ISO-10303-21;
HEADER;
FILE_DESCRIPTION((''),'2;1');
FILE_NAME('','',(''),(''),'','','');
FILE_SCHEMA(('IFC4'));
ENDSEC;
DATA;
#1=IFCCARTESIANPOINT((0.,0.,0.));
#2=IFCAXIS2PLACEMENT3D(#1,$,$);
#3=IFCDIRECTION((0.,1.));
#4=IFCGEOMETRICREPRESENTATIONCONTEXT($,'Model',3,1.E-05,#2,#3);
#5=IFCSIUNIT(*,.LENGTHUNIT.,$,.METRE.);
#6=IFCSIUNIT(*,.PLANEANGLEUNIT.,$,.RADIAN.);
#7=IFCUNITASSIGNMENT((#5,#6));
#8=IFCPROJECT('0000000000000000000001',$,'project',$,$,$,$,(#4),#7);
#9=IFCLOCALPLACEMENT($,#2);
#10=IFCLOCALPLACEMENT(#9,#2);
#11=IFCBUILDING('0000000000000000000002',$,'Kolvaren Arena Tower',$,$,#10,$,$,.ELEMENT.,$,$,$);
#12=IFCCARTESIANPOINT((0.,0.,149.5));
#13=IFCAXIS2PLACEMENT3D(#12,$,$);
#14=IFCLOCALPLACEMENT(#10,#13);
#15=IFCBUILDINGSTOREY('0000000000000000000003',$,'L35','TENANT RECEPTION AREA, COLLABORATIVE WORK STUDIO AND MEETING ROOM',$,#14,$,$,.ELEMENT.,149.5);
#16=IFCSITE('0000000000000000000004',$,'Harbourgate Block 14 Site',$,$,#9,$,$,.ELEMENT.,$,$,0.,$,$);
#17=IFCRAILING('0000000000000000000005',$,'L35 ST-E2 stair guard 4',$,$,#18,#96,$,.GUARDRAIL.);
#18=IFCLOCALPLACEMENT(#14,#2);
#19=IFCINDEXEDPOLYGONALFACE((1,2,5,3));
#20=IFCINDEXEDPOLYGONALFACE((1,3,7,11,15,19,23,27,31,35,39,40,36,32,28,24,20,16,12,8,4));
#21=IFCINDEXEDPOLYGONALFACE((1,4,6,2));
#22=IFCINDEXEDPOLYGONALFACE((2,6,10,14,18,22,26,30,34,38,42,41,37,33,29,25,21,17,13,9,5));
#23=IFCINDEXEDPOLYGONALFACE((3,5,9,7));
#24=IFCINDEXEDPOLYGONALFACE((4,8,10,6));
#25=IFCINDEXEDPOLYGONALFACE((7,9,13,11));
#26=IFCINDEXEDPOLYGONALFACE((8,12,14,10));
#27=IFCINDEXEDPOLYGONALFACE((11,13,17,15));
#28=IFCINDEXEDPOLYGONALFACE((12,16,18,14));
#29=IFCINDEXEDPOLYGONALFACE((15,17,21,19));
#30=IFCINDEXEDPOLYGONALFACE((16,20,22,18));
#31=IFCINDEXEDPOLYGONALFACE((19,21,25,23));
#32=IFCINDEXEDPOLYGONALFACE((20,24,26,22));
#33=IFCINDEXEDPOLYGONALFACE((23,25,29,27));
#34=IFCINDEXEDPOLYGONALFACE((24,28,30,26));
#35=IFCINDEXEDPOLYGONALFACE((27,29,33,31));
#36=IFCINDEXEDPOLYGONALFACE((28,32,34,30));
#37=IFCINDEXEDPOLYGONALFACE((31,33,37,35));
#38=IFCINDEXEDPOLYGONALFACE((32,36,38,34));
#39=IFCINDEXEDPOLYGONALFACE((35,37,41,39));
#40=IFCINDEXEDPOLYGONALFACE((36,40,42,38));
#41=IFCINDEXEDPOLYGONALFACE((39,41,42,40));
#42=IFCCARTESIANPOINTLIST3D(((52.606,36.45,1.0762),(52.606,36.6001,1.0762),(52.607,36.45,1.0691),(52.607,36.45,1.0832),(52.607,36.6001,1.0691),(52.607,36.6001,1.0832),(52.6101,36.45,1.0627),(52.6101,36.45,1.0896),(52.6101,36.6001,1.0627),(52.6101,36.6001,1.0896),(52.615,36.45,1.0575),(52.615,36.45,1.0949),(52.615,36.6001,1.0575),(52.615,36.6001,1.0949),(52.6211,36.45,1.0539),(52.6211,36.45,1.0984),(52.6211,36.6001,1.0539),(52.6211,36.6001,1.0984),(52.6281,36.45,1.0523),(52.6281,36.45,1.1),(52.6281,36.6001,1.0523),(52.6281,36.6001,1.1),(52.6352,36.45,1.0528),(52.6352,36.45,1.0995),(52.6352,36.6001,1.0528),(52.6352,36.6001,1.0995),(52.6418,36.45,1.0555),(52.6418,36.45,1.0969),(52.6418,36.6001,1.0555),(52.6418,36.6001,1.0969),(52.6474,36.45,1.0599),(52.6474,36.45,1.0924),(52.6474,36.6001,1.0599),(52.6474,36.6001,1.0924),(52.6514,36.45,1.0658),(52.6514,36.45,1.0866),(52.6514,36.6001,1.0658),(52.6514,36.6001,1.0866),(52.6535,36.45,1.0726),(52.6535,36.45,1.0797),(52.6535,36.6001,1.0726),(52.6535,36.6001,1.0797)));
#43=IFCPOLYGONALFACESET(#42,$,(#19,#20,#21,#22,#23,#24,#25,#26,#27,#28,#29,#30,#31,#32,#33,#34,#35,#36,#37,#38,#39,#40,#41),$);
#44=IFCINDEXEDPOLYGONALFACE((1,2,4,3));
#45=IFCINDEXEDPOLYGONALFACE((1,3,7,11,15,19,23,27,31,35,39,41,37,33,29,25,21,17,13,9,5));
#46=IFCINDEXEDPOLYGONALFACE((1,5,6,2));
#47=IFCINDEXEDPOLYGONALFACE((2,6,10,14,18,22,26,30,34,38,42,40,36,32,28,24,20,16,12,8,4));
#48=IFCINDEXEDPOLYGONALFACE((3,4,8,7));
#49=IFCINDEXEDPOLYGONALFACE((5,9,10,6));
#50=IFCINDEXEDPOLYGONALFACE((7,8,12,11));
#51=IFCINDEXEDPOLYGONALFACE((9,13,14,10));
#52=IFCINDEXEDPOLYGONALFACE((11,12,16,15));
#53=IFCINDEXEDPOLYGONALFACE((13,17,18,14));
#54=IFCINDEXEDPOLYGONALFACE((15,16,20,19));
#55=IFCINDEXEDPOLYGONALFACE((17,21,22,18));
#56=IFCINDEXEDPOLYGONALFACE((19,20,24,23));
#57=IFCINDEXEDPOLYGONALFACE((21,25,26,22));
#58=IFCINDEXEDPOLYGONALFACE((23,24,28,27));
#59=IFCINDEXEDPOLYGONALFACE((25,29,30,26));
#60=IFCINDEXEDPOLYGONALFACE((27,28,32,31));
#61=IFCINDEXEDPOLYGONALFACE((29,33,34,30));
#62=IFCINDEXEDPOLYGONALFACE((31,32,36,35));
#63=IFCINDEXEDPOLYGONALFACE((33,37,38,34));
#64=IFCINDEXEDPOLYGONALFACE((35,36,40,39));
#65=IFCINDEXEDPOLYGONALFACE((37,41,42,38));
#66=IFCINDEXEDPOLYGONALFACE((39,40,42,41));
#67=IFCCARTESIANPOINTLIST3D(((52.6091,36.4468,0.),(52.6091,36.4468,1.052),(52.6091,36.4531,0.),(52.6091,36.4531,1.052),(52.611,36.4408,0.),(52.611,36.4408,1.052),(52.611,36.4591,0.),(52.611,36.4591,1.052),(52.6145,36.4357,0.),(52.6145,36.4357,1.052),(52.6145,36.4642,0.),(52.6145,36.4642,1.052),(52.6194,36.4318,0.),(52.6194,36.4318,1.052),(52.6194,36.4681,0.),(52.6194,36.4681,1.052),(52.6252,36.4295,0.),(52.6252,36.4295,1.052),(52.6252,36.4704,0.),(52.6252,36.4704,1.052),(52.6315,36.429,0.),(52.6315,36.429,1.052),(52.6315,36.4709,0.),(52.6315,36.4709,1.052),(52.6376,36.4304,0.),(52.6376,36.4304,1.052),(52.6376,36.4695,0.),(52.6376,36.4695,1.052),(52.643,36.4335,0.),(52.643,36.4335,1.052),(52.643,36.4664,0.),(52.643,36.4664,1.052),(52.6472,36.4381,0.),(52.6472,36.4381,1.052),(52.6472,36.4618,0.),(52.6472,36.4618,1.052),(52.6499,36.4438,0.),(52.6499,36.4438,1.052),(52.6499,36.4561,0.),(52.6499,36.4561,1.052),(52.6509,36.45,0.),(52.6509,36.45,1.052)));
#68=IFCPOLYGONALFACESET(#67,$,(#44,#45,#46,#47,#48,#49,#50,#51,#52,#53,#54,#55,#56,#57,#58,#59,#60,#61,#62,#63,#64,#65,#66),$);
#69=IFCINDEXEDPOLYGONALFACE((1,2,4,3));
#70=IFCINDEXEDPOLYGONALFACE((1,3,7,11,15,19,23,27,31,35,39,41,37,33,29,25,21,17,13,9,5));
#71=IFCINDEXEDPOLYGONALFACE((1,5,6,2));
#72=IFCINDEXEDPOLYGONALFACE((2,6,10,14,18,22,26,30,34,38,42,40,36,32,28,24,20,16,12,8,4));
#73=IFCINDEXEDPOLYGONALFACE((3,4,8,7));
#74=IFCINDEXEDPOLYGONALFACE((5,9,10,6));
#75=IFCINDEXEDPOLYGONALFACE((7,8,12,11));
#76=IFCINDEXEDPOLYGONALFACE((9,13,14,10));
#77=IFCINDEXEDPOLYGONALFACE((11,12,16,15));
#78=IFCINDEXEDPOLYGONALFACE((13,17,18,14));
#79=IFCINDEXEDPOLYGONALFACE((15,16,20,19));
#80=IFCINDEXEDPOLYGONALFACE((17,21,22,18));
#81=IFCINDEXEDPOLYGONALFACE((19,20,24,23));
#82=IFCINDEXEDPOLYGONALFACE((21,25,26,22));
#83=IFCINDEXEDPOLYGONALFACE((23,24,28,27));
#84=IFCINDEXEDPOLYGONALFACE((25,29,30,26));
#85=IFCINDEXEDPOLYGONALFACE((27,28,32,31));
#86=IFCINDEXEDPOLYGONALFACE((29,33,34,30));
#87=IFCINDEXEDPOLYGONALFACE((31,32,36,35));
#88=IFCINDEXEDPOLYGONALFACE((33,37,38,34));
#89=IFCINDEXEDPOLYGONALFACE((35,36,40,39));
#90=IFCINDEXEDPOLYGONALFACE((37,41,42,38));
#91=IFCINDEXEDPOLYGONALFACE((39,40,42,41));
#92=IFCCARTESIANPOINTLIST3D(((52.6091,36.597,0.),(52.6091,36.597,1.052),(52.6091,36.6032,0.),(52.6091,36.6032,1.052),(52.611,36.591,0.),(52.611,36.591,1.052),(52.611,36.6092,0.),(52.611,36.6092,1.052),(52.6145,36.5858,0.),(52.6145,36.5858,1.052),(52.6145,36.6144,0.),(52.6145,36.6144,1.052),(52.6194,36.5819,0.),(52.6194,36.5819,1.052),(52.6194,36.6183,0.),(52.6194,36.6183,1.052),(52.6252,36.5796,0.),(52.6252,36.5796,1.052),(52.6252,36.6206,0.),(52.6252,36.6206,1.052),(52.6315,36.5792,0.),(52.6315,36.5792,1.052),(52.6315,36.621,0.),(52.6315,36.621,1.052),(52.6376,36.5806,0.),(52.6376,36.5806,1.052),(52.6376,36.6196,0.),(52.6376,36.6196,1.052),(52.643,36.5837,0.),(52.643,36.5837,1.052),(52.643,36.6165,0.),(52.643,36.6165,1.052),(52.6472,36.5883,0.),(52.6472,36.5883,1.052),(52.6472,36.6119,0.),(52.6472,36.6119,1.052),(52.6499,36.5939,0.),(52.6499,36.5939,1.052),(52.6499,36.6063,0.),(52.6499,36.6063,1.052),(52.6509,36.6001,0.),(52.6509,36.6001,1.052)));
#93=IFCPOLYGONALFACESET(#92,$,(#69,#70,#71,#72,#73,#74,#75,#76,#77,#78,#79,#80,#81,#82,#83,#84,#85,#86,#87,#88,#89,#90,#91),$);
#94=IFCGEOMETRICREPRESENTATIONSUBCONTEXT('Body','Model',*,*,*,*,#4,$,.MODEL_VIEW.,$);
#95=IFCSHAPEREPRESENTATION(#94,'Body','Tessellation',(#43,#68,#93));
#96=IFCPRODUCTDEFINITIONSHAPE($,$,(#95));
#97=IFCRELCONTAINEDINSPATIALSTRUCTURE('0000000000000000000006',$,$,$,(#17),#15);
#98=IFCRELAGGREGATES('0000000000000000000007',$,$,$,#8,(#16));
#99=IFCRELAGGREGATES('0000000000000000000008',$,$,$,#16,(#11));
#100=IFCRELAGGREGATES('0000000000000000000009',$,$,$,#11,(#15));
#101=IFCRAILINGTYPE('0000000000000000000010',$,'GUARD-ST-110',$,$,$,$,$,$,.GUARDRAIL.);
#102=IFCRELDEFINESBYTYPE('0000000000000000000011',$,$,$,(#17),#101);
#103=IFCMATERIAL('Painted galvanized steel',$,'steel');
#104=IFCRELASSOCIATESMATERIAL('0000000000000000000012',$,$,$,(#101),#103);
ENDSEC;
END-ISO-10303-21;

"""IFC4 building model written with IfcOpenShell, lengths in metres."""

from ifc_helpers import new_model, si_unit, direction, frame, origin, origin_2d, place, context, subcontext, project, spatial, circle, extrude, material, type_object, element, save


model = new_model("IFC4")

# Units and contexts
model_context = context("Model", 3, precision=1e-05, world=origin(), true_north=direction((0.0, 1.0)))
body_context = subcontext(model_context, "Body", "Model", "MODEL_VIEW")
ifc_project = project(units=[si_unit("LENGTHUNIT", "METRE"), si_unit("PLANEANGLEUNIT", "RADIAN")], contexts=[model_context])

# Site, building, storey
site_placement = place(None, origin())
site = spatial("IfcSite", under=ifc_project, at=site_placement, Name="Harbourgate Block 14 Site", CompositionType="ELEMENT", RefElevation=0.0)
building_placement = place(site_placement, origin())
building = spatial("IfcBuilding", under=site, at=building_placement, Name="Kolvaren Arena Tower", CompositionType="ELEMENT")
storey_placement = place(building_placement, frame((0.0, 0.0, 149.5)))
storey = spatial("IfcBuildingStorey", under=building, at=storey_placement, Name="L35", Description="TENANT RECEPTION AREA, COLLABORATIVE WORK STUDIO AND MEETING ROOM", CompositionType="ELEMENT", Elevation=149.5)

# Railing
ifc_material_1 = material(Name="Painted galvanized steel", Category="steel")
railing_type_1 = type_object("IfcRailingType", Name="GUARD-ST-110", PredefinedType="GUARDRAIL", material=ifc_material_1)
railing_1_placement = place(storey_placement, frame((52.6299, 36.45, 0.0)))
element("IfcRailing", 1, at=railing_1_placement, inside=storey, type_object=railing_type_1, Name="L35 ST-E2 stair guard 4", PredefinedType="GUARDRAIL", context=body_context, shape_type="SweptSolid", body=[
    extrude(circle(Radius=0.0239, at=origin_2d()), frame((0.0, 0.0, 1.0762), z_axis=(0.0, 1.0, 0.0), x_axis=(-1.0, 0.0, 0.0)), (0.0, 0.0, 1.0), 0.1501),
    extrude(circle(Radius=0.021, at=origin_2d()), origin(), (0.0, 0.0, 1.0), 1.052),
    extrude(circle(Radius=0.021, at=origin_2d()), frame((0.0, 0.1501, 0.0)), (0.0, 0.0, 1.0), 1.052),
])

save(model, "model.ifc")
